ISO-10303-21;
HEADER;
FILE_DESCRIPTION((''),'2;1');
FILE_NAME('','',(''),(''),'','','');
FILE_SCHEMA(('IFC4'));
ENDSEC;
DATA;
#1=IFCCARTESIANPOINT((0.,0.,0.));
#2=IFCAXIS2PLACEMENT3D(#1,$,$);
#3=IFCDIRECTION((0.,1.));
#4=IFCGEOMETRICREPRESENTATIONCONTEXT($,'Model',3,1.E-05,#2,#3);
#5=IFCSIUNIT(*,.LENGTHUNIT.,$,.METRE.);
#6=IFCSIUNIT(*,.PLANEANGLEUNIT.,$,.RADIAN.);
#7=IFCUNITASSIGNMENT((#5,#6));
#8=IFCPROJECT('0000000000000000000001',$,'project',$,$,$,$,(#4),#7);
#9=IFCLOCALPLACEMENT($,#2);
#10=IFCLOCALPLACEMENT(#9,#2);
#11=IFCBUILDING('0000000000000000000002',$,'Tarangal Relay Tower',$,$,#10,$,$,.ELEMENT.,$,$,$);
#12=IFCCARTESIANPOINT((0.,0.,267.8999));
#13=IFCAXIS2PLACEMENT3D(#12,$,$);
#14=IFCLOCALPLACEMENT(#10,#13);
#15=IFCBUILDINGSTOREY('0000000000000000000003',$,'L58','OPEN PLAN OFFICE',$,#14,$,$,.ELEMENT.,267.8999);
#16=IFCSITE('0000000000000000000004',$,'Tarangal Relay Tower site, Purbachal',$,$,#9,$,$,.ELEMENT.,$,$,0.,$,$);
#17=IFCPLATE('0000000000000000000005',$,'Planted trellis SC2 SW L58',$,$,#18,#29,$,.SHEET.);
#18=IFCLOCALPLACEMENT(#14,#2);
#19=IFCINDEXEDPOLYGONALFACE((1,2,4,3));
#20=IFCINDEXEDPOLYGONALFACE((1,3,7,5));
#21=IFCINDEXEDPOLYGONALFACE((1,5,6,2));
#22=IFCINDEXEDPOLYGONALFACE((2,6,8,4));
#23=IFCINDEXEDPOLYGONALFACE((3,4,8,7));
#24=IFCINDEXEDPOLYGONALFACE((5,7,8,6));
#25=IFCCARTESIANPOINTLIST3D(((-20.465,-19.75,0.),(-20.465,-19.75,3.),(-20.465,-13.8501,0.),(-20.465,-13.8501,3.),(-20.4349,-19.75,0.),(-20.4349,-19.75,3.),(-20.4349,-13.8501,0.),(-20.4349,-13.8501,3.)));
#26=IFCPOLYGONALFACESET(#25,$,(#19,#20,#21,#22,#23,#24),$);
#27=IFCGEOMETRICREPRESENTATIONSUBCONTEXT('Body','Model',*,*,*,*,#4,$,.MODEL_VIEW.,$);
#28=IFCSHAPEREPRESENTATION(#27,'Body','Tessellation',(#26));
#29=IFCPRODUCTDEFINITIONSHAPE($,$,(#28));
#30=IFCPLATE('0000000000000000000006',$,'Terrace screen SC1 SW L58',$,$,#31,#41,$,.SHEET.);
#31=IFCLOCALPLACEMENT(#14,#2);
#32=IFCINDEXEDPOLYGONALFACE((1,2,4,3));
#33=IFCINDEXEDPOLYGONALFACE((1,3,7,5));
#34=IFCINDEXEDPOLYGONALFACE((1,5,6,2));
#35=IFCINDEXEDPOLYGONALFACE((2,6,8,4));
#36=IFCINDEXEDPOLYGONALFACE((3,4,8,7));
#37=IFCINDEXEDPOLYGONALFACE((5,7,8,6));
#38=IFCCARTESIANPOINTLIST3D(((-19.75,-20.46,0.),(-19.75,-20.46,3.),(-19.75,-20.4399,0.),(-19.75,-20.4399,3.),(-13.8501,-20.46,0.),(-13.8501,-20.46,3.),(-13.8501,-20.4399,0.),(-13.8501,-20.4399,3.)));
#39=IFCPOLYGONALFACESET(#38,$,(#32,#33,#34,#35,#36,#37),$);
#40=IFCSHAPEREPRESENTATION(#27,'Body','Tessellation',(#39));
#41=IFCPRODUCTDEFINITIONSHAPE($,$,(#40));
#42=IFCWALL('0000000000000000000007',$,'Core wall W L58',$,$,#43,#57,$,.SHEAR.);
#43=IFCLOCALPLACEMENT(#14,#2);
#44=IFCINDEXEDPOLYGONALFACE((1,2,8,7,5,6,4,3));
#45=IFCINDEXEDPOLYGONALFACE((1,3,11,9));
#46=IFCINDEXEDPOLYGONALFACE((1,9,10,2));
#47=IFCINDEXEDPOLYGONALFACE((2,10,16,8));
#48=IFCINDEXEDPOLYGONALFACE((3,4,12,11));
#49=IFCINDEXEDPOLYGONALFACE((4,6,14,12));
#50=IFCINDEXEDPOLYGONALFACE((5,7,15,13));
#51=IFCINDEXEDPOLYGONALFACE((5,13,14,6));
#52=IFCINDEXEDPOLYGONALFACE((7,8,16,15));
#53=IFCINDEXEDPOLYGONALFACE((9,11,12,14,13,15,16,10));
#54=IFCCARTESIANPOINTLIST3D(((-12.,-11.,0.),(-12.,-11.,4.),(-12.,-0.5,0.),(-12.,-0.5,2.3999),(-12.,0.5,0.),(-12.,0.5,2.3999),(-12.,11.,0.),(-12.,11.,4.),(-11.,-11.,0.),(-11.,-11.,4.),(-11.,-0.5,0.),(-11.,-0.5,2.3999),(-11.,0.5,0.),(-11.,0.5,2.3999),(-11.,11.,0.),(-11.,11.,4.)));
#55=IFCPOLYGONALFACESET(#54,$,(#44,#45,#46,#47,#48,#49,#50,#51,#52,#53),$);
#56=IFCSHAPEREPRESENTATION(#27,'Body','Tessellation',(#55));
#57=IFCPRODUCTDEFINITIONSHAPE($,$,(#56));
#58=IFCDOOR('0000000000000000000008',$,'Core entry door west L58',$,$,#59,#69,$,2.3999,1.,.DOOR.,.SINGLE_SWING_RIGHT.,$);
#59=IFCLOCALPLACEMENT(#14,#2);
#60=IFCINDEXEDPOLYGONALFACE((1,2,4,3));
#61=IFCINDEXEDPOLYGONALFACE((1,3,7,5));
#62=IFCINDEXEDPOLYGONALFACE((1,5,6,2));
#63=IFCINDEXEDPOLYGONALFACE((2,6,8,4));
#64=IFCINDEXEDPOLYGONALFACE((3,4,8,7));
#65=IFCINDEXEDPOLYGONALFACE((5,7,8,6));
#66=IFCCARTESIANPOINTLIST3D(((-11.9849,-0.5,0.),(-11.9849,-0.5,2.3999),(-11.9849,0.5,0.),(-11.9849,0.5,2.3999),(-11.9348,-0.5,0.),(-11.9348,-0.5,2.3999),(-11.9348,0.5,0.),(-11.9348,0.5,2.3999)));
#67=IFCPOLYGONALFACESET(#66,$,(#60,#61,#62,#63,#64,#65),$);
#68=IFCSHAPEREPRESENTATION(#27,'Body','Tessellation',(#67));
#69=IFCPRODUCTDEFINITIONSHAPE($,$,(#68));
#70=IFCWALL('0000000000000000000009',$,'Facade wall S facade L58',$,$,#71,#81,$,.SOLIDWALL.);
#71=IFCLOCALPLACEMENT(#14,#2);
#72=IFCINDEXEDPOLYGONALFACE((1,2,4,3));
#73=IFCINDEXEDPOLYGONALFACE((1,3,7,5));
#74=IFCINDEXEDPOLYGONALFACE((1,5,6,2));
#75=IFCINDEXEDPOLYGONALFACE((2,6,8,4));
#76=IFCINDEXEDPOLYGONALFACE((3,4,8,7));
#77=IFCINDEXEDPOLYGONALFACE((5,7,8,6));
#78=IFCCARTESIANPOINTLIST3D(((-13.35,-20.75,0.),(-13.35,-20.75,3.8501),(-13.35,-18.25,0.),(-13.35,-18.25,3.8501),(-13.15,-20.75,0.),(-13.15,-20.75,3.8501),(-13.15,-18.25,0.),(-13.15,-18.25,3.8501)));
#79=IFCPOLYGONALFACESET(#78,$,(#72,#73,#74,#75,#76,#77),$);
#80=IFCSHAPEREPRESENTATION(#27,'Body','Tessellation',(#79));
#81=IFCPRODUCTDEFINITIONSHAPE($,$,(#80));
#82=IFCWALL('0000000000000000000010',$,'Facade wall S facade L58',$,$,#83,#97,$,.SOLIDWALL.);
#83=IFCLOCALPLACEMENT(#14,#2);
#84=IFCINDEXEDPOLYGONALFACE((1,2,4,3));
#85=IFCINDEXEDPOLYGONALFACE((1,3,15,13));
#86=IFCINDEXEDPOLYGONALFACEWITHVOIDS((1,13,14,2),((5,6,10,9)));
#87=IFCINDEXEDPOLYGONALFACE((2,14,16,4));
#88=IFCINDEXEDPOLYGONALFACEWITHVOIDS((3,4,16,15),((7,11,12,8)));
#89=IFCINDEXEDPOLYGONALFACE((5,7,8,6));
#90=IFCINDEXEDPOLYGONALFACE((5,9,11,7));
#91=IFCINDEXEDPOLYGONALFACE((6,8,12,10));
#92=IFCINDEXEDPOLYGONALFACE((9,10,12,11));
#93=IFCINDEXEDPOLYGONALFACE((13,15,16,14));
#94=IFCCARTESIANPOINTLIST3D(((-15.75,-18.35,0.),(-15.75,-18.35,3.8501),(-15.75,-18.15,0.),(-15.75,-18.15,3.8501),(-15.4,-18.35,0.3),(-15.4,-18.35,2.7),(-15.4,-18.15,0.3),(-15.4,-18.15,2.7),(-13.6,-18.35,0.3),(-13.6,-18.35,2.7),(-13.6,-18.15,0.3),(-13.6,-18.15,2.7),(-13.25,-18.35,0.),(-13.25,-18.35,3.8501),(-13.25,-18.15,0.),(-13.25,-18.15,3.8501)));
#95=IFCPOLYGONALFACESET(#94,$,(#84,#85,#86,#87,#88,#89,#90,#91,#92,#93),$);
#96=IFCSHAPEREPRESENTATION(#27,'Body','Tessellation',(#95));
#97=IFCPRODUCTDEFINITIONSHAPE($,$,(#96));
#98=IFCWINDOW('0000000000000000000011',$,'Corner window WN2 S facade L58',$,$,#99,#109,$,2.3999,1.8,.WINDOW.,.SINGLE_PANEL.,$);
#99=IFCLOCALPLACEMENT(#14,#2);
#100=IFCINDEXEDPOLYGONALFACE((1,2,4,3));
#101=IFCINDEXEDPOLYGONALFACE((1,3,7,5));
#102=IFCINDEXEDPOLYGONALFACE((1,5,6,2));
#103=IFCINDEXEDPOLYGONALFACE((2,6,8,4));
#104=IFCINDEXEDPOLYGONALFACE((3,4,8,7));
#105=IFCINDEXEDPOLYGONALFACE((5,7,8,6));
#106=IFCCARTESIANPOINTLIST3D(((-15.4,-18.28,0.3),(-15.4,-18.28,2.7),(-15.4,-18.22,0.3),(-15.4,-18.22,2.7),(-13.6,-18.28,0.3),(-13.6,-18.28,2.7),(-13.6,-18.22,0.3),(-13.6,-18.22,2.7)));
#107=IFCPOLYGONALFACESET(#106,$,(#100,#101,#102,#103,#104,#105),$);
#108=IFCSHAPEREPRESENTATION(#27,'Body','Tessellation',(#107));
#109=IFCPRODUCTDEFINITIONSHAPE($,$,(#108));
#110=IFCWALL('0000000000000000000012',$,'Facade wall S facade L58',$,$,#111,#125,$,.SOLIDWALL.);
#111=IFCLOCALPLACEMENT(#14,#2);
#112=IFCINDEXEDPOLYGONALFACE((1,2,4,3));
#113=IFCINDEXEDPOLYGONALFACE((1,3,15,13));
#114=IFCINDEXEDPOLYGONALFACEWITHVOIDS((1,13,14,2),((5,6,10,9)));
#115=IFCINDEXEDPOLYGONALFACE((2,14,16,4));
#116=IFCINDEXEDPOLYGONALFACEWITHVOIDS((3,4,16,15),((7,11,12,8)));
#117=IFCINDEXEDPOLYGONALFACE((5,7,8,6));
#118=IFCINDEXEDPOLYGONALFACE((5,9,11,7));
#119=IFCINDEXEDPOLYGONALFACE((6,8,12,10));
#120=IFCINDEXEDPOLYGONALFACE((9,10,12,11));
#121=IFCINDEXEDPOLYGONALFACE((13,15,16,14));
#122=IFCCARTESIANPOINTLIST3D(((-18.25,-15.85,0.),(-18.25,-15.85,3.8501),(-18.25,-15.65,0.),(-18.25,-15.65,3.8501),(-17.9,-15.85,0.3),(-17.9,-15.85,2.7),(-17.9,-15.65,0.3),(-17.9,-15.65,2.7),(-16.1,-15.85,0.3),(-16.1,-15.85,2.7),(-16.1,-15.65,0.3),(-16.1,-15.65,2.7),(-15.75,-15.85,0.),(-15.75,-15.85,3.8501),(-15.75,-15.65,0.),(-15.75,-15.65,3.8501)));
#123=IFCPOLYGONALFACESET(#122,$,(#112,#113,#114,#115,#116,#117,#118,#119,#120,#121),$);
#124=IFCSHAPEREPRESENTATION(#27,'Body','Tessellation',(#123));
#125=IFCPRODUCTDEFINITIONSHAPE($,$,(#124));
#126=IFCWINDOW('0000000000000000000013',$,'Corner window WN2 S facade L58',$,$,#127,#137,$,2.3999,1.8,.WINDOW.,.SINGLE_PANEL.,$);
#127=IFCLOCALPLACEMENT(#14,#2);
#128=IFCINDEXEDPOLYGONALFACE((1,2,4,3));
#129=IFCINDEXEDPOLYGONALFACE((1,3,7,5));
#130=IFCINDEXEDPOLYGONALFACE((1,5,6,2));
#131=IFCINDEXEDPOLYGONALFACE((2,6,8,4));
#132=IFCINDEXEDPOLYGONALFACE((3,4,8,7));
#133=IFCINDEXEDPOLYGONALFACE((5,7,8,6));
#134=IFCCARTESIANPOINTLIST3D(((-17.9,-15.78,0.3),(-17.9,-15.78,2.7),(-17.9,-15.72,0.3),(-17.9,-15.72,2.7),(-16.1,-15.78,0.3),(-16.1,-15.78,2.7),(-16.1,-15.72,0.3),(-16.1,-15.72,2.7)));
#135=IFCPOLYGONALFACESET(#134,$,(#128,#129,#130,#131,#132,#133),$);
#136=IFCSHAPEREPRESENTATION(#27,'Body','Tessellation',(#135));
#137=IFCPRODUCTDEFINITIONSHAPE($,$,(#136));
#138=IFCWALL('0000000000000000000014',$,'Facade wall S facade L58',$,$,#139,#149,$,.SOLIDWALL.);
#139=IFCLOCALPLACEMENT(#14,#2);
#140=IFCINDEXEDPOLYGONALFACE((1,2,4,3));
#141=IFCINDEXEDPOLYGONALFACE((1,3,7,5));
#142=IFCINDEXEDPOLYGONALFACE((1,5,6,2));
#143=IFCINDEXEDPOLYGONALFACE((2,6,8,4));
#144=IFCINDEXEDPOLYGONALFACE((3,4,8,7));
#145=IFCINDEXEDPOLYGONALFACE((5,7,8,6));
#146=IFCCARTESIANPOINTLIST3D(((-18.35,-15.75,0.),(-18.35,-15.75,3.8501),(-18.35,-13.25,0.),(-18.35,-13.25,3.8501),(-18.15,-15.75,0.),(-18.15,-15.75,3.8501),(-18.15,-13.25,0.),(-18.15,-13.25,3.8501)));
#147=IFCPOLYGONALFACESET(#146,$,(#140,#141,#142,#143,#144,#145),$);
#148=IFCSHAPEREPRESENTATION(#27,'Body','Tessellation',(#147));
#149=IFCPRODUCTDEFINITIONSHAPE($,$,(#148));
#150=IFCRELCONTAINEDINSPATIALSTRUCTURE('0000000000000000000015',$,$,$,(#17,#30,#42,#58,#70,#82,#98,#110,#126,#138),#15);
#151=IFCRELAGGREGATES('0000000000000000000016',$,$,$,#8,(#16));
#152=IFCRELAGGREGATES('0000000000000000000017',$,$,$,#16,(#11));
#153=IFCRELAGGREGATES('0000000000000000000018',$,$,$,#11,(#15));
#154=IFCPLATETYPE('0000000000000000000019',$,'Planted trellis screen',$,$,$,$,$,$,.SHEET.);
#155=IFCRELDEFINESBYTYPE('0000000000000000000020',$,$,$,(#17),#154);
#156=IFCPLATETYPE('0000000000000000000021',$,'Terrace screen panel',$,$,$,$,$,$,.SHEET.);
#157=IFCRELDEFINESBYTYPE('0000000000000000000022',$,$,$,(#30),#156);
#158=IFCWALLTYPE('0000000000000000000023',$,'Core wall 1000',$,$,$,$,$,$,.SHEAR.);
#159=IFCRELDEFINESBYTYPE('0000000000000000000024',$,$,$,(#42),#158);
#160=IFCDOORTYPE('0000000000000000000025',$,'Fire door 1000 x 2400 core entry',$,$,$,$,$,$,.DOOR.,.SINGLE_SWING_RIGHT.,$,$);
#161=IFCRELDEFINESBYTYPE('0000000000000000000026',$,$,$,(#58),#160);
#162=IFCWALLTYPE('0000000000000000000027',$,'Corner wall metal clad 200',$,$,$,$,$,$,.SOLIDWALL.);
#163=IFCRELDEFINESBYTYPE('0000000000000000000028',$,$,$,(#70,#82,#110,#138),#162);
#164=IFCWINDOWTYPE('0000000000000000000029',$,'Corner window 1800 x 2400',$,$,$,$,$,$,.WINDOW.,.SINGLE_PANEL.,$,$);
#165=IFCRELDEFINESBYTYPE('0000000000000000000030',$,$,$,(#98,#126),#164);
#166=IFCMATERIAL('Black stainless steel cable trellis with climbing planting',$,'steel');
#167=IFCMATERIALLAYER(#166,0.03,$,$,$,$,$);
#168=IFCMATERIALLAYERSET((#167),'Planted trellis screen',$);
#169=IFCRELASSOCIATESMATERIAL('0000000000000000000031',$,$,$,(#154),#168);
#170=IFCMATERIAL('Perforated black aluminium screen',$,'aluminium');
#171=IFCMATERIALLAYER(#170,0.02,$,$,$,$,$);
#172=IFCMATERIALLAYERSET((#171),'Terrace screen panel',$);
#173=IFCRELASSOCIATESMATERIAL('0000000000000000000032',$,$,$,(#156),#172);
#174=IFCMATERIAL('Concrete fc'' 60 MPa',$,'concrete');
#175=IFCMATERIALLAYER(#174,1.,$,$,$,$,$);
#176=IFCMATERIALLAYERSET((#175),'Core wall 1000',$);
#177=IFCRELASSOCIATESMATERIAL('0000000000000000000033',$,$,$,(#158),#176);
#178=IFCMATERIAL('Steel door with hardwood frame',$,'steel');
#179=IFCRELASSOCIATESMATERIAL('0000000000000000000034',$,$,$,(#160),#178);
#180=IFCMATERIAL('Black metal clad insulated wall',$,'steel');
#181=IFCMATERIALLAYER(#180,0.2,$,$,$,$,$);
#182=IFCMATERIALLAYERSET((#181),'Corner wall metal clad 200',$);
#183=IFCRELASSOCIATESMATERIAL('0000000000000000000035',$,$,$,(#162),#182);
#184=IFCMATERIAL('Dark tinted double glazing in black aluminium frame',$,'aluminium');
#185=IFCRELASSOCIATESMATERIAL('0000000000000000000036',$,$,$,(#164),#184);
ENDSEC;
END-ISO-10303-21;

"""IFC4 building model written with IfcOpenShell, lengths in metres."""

from ifc_helpers import new_model, si_unit, direction, frame, frame_2d, origin, origin_2d, place, context, subcontext, project, spatial, rectangle, extrude, material, layer, layer_set, type_object, element, fill, save


model = new_model("IFC4")

# Units and contexts
model_context = context("Model", 3, precision=1e-05, world=origin(), true_north=direction((0.0, 1.0)))
body_context = subcontext(model_context, "Body", "Model", "MODEL_VIEW")
ifc_project = project(units=[si_unit("LENGTHUNIT", "METRE"), si_unit("PLANEANGLEUNIT", "RADIAN")], contexts=[model_context])

# Site, building, storey
site_placement = place(None, origin())
site = spatial("IfcSite", under=ifc_project, at=site_placement, Name="Tarangal Relay Tower site, Purbachal", CompositionType="ELEMENT", RefElevation=0.0)
building_placement = place(site_placement, origin())
building = spatial("IfcBuilding", under=site, at=building_placement, Name="Tarangal Relay Tower", CompositionType="ELEMENT")
storey_placement = place(building_placement, frame((0.0, 0.0, 267.8999)))
storey = spatial("IfcBuildingStorey", under=building, at=storey_placement, Name="L58", Description="OPEN PLAN OFFICE", CompositionType="ELEMENT", Elevation=267.8999)

# Plates
ifc_material_1 = material(Name="Black stainless steel cable trellis with climbing planting", Category="steel")
ifc_layer_1 = layer(ifc_material_1, 0.03)
ifc_layer_set_1 = layer_set([ifc_layer_1], Name="Planted trellis screen")
plate_type_1 = type_object("IfcPlateType", Name="Planted trellis screen", PredefinedType="SHEET", material=ifc_layer_set_1)
plate_1_placement = place(storey_placement, frame((-20.45, -16.8, 0.0), z_axis=(0.0, 0.0, 1.0), x_axis=(0.0, 1.0, 0.0)))
element("IfcPlate", 1, at=plate_1_placement, inside=storey, type_object=plate_type_1, Name="Planted trellis SC2 SW L58", PredefinedType="SHEET", context=body_context, shape_type="SweptSolid", body=[
    extrude(rectangle(XDim=5.8999, YDim=0.03, at=origin_2d()), origin(), (0.0, 0.0, 1.0), 3.0),
])
ifc_material_2 = material(Name="Perforated black aluminium screen", Category="aluminium")
ifc_layer_2 = layer(ifc_material_2, 0.02)
ifc_layer_set_2 = layer_set([ifc_layer_2], Name="Terrace screen panel")
plate_type_2 = type_object("IfcPlateType", Name="Terrace screen panel", PredefinedType="SHEET", material=ifc_layer_set_2)
plate_2_placement = place(storey_placement, frame((-16.8, -20.45, 0.0), z_axis=(0.0, 0.0, 1.0), x_axis=(-1.0, 0.0, 0.0)))
element("IfcPlate", 2, at=plate_2_placement, inside=storey, type_object=plate_type_2, Name="Terrace screen SC1 SW L58", PredefinedType="SHEET", context=body_context, shape_type="SweptSolid", body=[
    extrude(rectangle(XDim=5.8999, YDim=0.02, at=origin_2d()), origin(), (0.0, 0.0, 1.0), 3.0),
])

# Wall, opening, door
ifc_material_3 = material(Name="Concrete fc' 60 MPa", Category="concrete")
ifc_layer_3 = layer(ifc_material_3, 1.0)
ifc_layer_set_3 = layer_set([ifc_layer_3], Name="Core wall 1000")
wall_type_1 = type_object("IfcWallType", Name="Core wall 1000", PredefinedType="SHEAR", material=ifc_layer_set_3)
wall_1_placement = place(storey_placement, frame((-11.5, -11.0, 0.0), z_axis=(0.0, 0.0, 1.0), x_axis=(0.0, 1.0, 0.0)))
wall_1 = element("IfcWall", 3, at=wall_1_placement, inside=storey, type_object=wall_type_1, Name="Core wall W L58", PredefinedType="SHEAR", context=body_context, shape_type="SweptSolid", body=[
    extrude(rectangle(XDim=22.0, YDim=1.0, at=frame_2d((11.0, 0.0))), origin(), (0.0, 0.0, 1.0), 4.0),
])
opening_1_placement = place(wall_1_placement, frame((10.5, 0.0, 0.0)))
opening_1 = element("IfcOpeningElement", 4, at=opening_1_placement, cuts=wall_1, PredefinedType="OPENING", context=body_context, shape_type="SweptSolid", body=[
    extrude(rectangle(XDim=1.0, YDim=2.3999, at=frame_2d((0.5, 1.2))), frame((0.0, 0.51, 0.0), z_axis=(0.0, -1.0, 0.0), x_axis=(1.0, 0.0, 0.0)), (0.0, 0.0, 1.0), 1.02),
])
ifc_material_4 = material(Name="Steel door with hardwood frame", Category="steel")
door_type_1 = type_object("IfcDoorType", Name="Fire door 1000 x 2400 core entry", OperationType="SINGLE_SWING_RIGHT", PredefinedType="DOOR", material=ifc_material_4)
door_1_placement = place(opening_1_placement, origin())
door_1 = element("IfcDoor", 5, at=door_1_placement, inside=storey, type_object=door_type_1, Name="Core entry door west L58", OperationType="SINGLE_SWING_RIGHT", OverallHeight=2.3999, OverallWidth=1.0, PredefinedType="DOOR", context=body_context, shape_type="SweptSolid", body=[
    extrude(rectangle(XDim=1.0, YDim=2.3999, at=frame_2d((0.5, 1.2))), frame((0.0, 0.4849, 0.0), z_axis=(0.0, -1.0, 0.0), x_axis=(1.0, 0.0, 0.0)), (0.0, 0.0, 1.0), 0.05),
])
fill(opening_1, door_1)

# Wall
ifc_material_5 = material(Name="Black metal clad insulated wall", Category="steel")
ifc_layer_4 = layer(ifc_material_5, 0.2)
ifc_layer_set_4 = layer_set([ifc_layer_4], Name="Corner wall metal clad 200")
wall_type_2 = type_object("IfcWallType", Name="Corner wall metal clad 200", PredefinedType="SOLIDWALL", material=ifc_layer_set_4)
wall_2_placement = place(storey_placement, frame((-13.25, -20.75, 0.0), z_axis=(0.0, 0.0, 1.0), x_axis=(0.0, 1.0, 0.0)))
element("IfcWall", 6, at=wall_2_placement, inside=storey, type_object=wall_type_2, Name="Facade wall S facade L58", PredefinedType="SOLIDWALL", context=body_context, shape_type="SweptSolid", body=[
    extrude(rectangle(XDim=2.5, YDim=0.2, at=frame_2d((1.25, 0.0))), origin(), (0.0, 0.0, 1.0), 3.8501),
])

# Wall, opening, window
wall_3_placement = place(storey_placement, frame((-13.25, -18.25, 0.0), z_axis=(0.0, 0.0, 1.0), x_axis=(-1.0, 0.0, 0.0)))
wall_3 = element("IfcWall", 7, at=wall_3_placement, inside=storey, type_object=wall_type_2, Name="Facade wall S facade L58", PredefinedType="SOLIDWALL", context=body_context, shape_type="SweptSolid", body=[
    extrude(rectangle(XDim=2.5, YDim=0.2, at=frame_2d((1.25, 0.0))), origin(), (0.0, 0.0, 1.0), 3.8501),
])
opening_2_placement = place(wall_3_placement, frame((0.3501, 0.0, 0.3)))
opening_2 = element("IfcOpeningElement", 8, at=opening_2_placement, cuts=wall_3, PredefinedType="OPENING", context=body_context, shape_type="SweptSolid", body=[
    extrude(rectangle(XDim=1.8, YDim=2.3999, at=frame_2d((0.8999, 1.2))), frame((0.0, 0.1099, 0.0), z_axis=(0.0, -1.0, 0.0), x_axis=(1.0, 0.0, 0.0)), (0.0, 0.0, 1.0), 0.22),
])
ifc_material_6 = material(Name="Dark tinted double glazing in black aluminium frame", Category="aluminium")
window_type = type_object("IfcWindowType", Name="Corner window 1800 x 2400", PartitioningType="SINGLE_PANEL", PredefinedType="WINDOW", material=ifc_material_6)
window_1_placement = place(opening_2_placement, origin())
window_1 = element("IfcWindow", 9, at=window_1_placement, inside=storey, type_object=window_type, Name="Corner window WN2 S facade L58", OverallHeight=2.3999, OverallWidth=1.8, PartitioningType="SINGLE_PANEL", PredefinedType="WINDOW", context=body_context, shape_type="SweptSolid", body=[
    extrude(rectangle(XDim=1.8, YDim=2.3999, at=frame_2d((0.8999, 1.2))), frame((0.0, 0.03, 0.0), z_axis=(0.0, -1.0, 0.0), x_axis=(1.0, 0.0, 0.0)), (0.0, 0.0, 1.0), 0.0601),
])
fill(opening_2, window_1)

# Wall, opening, window
wall_4_placement = place(storey_placement, frame((-15.75, -15.75, 0.0), z_axis=(0.0, 0.0, 1.0), x_axis=(-1.0, 0.0, 0.0)))
wall_4 = element("IfcWall", 10, at=wall_4_placement, inside=storey, type_object=wall_type_2, Name="Facade wall S facade L58", PredefinedType="SOLIDWALL", context=body_context, shape_type="SweptSolid", body=[
    extrude(rectangle(XDim=2.5, YDim=0.2, at=frame_2d((1.25, 0.0))), origin(), (0.0, 0.0, 1.0), 3.8501),
])
opening_3_placement = place(wall_4_placement, frame((0.3501, 0.0, 0.3)))
opening_3 = element("IfcOpeningElement", 11, at=opening_3_placement, cuts=wall_4, PredefinedType="OPENING", context=body_context, shape_type="SweptSolid", body=[
    extrude(rectangle(XDim=1.8, YDim=2.3999, at=frame_2d((0.8999, 1.2))), frame((0.0, 0.1099, 0.0), z_axis=(0.0, -1.0, 0.0), x_axis=(1.0, 0.0, 0.0)), (0.0, 0.0, 1.0), 0.22),
])
window_2_placement = place(opening_3_placement, origin())
window_2 = element("IfcWindow", 12, at=window_2_placement, inside=storey, type_object=window_type, Name="Corner window WN2 S facade L58", OverallHeight=2.3999, OverallWidth=1.8, PartitioningType="SINGLE_PANEL", PredefinedType="WINDOW", context=body_context, shape_type="SweptSolid", body=[
    extrude(rectangle(XDim=1.8, YDim=2.3999, at=frame_2d((0.8999, 1.2))), frame((0.0, 0.03, 0.0), z_axis=(0.0, -1.0, 0.0), x_axis=(1.0, 0.0, 0.0)), (0.0, 0.0, 1.0), 0.0601),
])
fill(opening_3, window_2)

# Wall
wall_5_placement = place(storey_placement, frame((-18.25, -15.75, 0.0), z_axis=(0.0, 0.0, 1.0), x_axis=(0.0, 1.0, 0.0)))
element("IfcWall", 13, at=wall_5_placement, inside=storey, type_object=wall_type_2, Name="Facade wall S facade L58", PredefinedType="SOLIDWALL", context=body_context, shape_type="SweptSolid", body=[
    extrude(rectangle(XDim=2.5, YDim=0.2, at=frame_2d((1.25, 0.0))), origin(), (0.0, 0.0, 1.0), 3.8501),
])

save(model, "model.ifc")
